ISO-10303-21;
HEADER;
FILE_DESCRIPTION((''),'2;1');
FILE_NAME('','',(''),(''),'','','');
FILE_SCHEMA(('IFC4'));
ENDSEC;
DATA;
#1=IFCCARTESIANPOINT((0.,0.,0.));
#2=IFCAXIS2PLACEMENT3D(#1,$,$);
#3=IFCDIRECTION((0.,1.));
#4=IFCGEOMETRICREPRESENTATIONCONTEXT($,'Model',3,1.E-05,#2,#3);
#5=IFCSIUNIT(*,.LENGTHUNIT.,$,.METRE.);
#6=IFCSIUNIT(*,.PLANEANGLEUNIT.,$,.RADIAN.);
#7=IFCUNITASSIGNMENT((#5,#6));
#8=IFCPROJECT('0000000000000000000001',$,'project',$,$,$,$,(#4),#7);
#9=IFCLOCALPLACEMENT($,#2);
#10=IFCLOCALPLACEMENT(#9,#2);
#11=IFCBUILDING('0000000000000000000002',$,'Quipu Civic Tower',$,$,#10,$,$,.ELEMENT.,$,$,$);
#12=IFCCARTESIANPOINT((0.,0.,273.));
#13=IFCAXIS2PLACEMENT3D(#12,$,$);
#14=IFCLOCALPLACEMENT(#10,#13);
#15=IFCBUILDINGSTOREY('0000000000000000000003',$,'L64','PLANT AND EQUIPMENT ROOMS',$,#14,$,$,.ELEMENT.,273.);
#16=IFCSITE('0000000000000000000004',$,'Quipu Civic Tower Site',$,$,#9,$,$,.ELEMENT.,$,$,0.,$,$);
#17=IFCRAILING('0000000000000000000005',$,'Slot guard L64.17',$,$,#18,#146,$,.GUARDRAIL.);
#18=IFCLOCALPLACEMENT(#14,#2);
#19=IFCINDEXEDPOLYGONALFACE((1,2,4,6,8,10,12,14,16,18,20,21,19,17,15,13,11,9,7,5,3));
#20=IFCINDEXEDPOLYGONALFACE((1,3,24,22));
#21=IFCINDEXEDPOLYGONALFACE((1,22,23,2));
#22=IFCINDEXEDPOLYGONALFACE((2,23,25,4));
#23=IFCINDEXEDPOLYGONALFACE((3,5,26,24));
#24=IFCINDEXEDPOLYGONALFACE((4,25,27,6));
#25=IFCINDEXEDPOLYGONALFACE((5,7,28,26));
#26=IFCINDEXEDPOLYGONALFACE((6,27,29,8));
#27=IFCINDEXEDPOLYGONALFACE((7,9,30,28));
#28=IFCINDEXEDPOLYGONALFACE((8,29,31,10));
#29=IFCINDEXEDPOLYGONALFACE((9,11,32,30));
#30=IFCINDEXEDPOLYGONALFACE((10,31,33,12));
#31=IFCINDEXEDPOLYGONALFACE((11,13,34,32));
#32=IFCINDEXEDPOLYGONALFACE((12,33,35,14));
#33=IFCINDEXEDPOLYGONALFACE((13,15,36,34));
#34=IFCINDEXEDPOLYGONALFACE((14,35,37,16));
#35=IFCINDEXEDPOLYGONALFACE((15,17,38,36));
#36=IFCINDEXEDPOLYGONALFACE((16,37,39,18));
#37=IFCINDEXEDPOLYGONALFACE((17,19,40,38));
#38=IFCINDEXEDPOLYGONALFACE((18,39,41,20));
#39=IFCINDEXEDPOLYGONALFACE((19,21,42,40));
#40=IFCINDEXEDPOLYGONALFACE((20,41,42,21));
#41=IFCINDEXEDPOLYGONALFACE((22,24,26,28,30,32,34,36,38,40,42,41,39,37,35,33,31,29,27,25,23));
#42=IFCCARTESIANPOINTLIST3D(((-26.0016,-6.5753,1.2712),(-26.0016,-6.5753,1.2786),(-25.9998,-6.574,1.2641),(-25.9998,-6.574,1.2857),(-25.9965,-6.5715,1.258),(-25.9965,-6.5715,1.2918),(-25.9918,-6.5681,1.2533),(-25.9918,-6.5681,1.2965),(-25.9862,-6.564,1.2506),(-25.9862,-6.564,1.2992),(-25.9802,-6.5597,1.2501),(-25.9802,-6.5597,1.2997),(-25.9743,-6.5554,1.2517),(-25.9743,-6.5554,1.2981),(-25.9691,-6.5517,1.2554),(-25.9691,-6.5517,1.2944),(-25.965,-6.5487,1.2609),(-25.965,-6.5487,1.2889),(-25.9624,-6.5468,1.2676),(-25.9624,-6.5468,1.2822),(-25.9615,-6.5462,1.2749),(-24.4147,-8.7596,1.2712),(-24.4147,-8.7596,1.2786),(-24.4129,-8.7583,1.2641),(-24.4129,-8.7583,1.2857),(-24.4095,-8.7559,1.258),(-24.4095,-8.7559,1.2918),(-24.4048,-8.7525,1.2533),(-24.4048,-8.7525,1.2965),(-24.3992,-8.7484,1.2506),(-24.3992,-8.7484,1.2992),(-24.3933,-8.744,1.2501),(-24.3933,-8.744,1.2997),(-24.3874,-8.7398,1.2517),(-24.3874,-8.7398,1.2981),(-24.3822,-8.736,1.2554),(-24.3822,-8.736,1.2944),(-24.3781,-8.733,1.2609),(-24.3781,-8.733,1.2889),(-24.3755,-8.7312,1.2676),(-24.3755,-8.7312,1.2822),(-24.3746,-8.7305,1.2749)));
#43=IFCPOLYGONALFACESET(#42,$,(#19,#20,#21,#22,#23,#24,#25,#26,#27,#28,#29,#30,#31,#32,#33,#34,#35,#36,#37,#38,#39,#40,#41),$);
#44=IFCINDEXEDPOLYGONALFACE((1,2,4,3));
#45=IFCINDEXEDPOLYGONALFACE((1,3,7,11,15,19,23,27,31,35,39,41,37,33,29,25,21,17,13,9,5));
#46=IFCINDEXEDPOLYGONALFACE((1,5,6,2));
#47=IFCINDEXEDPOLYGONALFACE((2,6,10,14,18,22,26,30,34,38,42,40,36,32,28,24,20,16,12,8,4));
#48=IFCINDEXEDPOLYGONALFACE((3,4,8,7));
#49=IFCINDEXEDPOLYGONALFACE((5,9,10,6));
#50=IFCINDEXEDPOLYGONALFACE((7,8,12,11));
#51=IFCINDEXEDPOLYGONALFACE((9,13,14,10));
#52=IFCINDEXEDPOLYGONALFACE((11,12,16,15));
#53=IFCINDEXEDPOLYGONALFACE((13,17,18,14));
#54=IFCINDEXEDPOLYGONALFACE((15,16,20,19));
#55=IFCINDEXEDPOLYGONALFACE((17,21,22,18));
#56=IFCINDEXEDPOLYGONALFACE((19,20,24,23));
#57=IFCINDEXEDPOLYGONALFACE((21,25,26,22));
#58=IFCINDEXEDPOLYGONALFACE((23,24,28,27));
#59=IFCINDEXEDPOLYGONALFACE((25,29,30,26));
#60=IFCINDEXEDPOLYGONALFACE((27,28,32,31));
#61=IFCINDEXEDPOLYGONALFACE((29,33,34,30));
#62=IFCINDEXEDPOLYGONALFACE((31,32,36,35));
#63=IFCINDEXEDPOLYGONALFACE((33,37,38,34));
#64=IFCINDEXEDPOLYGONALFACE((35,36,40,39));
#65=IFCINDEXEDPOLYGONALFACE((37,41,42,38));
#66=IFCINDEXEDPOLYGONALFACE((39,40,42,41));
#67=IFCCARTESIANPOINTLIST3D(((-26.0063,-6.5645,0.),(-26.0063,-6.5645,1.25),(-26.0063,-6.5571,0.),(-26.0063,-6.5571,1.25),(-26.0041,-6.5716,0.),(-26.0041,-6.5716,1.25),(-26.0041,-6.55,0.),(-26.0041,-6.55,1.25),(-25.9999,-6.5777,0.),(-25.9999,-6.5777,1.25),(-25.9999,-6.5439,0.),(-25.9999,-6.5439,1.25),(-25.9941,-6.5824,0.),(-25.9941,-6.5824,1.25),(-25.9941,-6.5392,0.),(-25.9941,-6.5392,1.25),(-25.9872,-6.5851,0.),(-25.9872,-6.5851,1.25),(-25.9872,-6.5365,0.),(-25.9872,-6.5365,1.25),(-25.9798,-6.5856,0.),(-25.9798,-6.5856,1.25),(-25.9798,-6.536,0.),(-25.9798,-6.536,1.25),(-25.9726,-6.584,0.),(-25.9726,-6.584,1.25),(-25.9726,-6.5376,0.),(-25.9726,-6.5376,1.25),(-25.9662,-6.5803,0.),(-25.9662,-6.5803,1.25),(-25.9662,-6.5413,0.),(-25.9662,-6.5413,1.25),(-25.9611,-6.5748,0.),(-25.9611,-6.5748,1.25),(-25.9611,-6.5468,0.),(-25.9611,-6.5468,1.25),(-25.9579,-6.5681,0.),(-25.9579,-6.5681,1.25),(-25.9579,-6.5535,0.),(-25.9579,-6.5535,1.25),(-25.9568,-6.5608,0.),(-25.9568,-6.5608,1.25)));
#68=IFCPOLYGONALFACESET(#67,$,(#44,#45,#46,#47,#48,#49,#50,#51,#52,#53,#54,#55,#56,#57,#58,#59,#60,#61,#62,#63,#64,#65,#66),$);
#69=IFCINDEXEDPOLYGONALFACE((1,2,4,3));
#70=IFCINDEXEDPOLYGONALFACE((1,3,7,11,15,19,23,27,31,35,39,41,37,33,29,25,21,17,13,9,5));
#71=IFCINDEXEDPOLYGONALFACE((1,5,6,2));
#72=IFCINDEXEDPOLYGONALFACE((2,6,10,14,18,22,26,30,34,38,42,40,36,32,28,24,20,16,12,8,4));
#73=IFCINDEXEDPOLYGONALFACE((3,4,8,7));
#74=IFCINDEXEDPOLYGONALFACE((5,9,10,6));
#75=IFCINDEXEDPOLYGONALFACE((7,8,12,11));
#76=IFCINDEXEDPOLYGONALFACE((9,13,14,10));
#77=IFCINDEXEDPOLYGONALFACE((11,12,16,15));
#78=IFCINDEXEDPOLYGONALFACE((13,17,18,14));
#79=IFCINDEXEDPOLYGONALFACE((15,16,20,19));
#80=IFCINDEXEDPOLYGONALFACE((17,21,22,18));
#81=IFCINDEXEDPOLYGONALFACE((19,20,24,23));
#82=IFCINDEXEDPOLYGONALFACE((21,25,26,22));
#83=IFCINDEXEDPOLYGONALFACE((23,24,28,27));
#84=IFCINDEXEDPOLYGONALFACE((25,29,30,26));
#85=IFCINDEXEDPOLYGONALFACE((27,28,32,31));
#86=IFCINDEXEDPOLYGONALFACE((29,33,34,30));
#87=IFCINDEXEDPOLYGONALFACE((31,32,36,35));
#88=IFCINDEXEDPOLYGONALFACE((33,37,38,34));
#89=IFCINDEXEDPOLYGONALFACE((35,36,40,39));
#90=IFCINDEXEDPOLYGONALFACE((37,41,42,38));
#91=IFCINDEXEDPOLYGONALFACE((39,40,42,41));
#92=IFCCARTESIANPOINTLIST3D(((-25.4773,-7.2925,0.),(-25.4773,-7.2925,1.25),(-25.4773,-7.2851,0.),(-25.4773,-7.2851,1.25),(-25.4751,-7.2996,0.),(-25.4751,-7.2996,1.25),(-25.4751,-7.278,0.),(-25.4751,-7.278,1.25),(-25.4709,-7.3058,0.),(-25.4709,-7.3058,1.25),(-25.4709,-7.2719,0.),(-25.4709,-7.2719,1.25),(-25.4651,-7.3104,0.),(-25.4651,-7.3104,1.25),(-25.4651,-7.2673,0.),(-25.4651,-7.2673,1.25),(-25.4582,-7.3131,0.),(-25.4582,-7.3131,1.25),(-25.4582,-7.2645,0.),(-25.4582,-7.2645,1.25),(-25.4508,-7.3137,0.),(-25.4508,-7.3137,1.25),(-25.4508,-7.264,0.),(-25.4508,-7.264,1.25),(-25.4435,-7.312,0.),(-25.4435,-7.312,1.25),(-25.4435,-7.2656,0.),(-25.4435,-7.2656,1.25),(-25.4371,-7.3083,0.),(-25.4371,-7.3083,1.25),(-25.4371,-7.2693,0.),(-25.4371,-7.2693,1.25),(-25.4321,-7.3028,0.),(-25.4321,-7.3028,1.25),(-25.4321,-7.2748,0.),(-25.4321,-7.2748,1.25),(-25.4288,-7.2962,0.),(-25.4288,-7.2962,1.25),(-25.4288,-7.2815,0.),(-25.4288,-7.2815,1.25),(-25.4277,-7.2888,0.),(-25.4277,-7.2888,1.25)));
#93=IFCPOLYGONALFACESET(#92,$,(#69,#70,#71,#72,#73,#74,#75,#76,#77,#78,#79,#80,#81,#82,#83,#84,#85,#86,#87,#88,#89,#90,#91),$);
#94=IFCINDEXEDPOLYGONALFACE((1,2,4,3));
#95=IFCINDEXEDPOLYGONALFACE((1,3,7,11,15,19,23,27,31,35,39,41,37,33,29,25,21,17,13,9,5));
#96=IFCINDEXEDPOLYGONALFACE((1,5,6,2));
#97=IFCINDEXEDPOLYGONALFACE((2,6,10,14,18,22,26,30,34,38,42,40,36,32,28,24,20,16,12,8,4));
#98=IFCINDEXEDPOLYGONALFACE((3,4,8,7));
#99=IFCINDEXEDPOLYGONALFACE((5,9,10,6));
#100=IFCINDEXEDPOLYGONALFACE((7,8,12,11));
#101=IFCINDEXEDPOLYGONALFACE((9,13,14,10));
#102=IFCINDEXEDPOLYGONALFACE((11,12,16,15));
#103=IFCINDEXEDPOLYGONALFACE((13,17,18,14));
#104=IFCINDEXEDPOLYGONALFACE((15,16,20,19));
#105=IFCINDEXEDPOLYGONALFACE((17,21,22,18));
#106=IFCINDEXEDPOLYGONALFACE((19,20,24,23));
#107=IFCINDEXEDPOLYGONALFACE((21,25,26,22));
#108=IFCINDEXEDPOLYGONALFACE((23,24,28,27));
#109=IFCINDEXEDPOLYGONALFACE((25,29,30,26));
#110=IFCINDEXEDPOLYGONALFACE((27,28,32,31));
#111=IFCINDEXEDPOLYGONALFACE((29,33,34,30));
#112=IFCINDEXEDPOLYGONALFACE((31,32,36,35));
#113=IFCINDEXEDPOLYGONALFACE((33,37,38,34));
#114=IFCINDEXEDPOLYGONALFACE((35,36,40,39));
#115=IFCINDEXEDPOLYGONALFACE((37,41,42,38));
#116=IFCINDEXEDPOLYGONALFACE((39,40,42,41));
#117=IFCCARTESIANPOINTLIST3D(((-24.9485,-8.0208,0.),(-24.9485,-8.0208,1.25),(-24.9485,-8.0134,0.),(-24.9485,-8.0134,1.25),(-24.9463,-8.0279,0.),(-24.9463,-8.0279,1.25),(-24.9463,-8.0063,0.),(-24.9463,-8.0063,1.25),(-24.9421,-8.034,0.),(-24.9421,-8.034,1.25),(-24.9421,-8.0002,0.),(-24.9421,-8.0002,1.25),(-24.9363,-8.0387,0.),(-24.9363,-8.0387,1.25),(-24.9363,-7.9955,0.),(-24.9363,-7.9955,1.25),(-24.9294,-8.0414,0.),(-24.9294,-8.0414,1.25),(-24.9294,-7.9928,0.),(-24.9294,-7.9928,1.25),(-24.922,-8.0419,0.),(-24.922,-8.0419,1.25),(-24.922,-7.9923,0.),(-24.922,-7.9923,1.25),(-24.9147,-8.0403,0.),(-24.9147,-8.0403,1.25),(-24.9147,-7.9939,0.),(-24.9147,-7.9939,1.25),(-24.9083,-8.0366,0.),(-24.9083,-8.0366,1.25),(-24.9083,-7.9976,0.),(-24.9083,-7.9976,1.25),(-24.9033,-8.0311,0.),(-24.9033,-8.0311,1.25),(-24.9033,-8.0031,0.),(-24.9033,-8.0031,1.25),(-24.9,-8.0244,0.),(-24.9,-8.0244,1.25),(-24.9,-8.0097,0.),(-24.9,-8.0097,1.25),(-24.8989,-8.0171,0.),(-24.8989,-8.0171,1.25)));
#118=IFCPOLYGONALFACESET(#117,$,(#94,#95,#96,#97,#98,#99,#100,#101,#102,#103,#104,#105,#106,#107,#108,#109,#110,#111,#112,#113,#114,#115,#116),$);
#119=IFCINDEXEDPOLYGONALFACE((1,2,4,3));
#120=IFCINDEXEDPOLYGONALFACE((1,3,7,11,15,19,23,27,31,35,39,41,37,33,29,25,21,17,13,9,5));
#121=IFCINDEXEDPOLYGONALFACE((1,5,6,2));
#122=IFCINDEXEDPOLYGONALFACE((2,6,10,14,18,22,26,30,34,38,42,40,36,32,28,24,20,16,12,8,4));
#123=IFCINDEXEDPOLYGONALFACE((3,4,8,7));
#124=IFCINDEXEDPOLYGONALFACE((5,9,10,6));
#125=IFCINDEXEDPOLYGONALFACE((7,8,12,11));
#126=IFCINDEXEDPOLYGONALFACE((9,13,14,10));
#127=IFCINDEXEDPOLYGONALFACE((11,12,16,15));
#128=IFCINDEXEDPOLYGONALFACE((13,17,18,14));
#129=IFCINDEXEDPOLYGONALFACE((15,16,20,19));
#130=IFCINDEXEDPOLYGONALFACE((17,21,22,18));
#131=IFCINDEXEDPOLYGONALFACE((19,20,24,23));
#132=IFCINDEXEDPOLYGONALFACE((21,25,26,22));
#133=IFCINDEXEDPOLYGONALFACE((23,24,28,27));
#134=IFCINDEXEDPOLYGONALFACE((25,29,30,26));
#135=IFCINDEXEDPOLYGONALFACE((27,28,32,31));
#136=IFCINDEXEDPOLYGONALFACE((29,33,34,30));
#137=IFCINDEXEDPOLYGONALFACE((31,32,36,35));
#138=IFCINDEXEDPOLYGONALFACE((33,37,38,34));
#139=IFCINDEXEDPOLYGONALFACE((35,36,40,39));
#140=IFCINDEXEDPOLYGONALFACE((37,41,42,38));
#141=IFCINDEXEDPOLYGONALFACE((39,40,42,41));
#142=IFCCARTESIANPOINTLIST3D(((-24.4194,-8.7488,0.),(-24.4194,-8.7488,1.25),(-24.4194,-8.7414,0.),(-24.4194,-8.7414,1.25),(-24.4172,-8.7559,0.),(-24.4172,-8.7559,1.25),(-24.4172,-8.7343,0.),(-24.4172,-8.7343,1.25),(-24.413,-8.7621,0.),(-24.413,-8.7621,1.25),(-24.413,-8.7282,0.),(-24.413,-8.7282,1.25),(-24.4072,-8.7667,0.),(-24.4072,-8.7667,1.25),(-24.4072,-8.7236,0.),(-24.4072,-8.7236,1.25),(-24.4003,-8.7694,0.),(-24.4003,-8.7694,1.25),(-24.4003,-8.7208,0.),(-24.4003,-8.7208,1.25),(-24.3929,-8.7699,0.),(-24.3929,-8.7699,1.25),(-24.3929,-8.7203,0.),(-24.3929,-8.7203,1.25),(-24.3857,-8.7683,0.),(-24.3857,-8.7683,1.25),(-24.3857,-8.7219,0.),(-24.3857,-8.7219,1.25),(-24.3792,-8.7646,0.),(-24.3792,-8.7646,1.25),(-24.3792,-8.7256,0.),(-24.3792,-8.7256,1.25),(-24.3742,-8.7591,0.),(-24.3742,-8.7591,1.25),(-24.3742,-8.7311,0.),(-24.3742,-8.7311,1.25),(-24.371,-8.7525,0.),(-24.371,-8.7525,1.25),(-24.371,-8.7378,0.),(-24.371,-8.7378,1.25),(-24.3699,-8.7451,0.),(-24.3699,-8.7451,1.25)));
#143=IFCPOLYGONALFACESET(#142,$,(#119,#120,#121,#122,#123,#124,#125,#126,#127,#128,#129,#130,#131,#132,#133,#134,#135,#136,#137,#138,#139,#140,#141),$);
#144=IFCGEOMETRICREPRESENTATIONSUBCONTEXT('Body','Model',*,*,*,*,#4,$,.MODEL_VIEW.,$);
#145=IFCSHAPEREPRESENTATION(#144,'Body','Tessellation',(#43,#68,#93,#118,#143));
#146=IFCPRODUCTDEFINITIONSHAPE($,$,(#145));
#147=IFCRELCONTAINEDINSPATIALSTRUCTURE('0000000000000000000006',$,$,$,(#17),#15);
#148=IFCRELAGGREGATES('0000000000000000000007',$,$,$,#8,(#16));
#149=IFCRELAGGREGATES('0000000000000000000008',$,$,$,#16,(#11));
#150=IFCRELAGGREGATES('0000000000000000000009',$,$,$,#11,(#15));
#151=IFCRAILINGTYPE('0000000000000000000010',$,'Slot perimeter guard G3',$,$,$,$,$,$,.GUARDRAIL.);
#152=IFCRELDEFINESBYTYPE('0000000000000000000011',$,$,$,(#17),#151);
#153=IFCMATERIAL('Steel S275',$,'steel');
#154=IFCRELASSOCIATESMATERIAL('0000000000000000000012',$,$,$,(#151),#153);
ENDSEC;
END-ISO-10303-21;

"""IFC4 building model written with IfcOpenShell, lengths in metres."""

from ifc_helpers import new_model, si_unit, direction, frame, origin, origin_2d, place, context, subcontext, project, spatial, circle, extrude, material, type_object, element, save


model = new_model("IFC4")

# Units and contexts
model_context = context("Model", 3, precision=1e-05, world=origin(), true_north=direction((0.0, 1.0)))
body_context = subcontext(model_context, "Body", "Model", "MODEL_VIEW")
ifc_project = project(units=[si_unit("LENGTHUNIT", "METRE"), si_unit("PLANEANGLEUNIT", "RADIAN")], contexts=[model_context])

# Site, building, storey
site_placement = place(None, origin())
site = spatial("IfcSite", under=ifc_project, at=site_placement, Name="Quipu Civic Tower Site", CompositionType="ELEMENT", RefElevation=0.0)
building_placement = place(site_placement, origin())
building = spatial("IfcBuilding", under=site, at=building_placement, Name="Quipu Civic Tower", CompositionType="ELEMENT")
storey_placement = place(building_placement, frame((0.0, 0.0, 273.0)))
storey = spatial("IfcBuildingStorey", under=building, at=storey_placement, Name="L64", Description="PLANT AND EQUIPMENT ROOMS", CompositionType="ELEMENT", Elevation=273.0)

# Railing
ifc_material_1 = material(Name="Steel S275", Category="steel")
railing_type = type_object("IfcRailingType", Name="Slot perimeter guard G3", PredefinedType="GUARDRAIL", material=ifc_material_1)
railing_1_placement = place(storey_placement, frame((-25.9817, -6.5608, 0.0)))
element("IfcRailing", 1, at=railing_1_placement, inside=storey, type_object=railing_type, Name="Slot guard L64.17", PredefinedType="GUARDRAIL", context=body_context, shape_type="SweptSolid", body=[
    extrude(circle(Radius=0.0249, at=origin_2d()), frame((0.0, 0.0, 1.2749), z_axis=(0.587763, -0.809033, 0.0), x_axis=(0.809033, 0.587763, 0.0)), (0.0, 0.0, 1.0), 2.7),
    extrude(circle(Radius=0.0249, at=origin_2d()), origin(), (0.0, 0.0, 1.0), 1.25),
    extrude(circle(Radius=0.0249, at=origin_2d()), frame((0.5291, -0.728, 0.0)), (0.0, 0.0, 1.0), 1.25),
    extrude(circle(Radius=0.0249, at=origin_2d()), frame((1.0579, -1.4563, 0.0)), (0.0, 0.0, 1.0), 1.25),
    extrude(circle(Radius=0.0249, at=origin_2d()), frame((1.5869, -2.1843, 0.0)), (0.0, 0.0, 1.0), 1.25),
])

save(model, "model.ifc")
